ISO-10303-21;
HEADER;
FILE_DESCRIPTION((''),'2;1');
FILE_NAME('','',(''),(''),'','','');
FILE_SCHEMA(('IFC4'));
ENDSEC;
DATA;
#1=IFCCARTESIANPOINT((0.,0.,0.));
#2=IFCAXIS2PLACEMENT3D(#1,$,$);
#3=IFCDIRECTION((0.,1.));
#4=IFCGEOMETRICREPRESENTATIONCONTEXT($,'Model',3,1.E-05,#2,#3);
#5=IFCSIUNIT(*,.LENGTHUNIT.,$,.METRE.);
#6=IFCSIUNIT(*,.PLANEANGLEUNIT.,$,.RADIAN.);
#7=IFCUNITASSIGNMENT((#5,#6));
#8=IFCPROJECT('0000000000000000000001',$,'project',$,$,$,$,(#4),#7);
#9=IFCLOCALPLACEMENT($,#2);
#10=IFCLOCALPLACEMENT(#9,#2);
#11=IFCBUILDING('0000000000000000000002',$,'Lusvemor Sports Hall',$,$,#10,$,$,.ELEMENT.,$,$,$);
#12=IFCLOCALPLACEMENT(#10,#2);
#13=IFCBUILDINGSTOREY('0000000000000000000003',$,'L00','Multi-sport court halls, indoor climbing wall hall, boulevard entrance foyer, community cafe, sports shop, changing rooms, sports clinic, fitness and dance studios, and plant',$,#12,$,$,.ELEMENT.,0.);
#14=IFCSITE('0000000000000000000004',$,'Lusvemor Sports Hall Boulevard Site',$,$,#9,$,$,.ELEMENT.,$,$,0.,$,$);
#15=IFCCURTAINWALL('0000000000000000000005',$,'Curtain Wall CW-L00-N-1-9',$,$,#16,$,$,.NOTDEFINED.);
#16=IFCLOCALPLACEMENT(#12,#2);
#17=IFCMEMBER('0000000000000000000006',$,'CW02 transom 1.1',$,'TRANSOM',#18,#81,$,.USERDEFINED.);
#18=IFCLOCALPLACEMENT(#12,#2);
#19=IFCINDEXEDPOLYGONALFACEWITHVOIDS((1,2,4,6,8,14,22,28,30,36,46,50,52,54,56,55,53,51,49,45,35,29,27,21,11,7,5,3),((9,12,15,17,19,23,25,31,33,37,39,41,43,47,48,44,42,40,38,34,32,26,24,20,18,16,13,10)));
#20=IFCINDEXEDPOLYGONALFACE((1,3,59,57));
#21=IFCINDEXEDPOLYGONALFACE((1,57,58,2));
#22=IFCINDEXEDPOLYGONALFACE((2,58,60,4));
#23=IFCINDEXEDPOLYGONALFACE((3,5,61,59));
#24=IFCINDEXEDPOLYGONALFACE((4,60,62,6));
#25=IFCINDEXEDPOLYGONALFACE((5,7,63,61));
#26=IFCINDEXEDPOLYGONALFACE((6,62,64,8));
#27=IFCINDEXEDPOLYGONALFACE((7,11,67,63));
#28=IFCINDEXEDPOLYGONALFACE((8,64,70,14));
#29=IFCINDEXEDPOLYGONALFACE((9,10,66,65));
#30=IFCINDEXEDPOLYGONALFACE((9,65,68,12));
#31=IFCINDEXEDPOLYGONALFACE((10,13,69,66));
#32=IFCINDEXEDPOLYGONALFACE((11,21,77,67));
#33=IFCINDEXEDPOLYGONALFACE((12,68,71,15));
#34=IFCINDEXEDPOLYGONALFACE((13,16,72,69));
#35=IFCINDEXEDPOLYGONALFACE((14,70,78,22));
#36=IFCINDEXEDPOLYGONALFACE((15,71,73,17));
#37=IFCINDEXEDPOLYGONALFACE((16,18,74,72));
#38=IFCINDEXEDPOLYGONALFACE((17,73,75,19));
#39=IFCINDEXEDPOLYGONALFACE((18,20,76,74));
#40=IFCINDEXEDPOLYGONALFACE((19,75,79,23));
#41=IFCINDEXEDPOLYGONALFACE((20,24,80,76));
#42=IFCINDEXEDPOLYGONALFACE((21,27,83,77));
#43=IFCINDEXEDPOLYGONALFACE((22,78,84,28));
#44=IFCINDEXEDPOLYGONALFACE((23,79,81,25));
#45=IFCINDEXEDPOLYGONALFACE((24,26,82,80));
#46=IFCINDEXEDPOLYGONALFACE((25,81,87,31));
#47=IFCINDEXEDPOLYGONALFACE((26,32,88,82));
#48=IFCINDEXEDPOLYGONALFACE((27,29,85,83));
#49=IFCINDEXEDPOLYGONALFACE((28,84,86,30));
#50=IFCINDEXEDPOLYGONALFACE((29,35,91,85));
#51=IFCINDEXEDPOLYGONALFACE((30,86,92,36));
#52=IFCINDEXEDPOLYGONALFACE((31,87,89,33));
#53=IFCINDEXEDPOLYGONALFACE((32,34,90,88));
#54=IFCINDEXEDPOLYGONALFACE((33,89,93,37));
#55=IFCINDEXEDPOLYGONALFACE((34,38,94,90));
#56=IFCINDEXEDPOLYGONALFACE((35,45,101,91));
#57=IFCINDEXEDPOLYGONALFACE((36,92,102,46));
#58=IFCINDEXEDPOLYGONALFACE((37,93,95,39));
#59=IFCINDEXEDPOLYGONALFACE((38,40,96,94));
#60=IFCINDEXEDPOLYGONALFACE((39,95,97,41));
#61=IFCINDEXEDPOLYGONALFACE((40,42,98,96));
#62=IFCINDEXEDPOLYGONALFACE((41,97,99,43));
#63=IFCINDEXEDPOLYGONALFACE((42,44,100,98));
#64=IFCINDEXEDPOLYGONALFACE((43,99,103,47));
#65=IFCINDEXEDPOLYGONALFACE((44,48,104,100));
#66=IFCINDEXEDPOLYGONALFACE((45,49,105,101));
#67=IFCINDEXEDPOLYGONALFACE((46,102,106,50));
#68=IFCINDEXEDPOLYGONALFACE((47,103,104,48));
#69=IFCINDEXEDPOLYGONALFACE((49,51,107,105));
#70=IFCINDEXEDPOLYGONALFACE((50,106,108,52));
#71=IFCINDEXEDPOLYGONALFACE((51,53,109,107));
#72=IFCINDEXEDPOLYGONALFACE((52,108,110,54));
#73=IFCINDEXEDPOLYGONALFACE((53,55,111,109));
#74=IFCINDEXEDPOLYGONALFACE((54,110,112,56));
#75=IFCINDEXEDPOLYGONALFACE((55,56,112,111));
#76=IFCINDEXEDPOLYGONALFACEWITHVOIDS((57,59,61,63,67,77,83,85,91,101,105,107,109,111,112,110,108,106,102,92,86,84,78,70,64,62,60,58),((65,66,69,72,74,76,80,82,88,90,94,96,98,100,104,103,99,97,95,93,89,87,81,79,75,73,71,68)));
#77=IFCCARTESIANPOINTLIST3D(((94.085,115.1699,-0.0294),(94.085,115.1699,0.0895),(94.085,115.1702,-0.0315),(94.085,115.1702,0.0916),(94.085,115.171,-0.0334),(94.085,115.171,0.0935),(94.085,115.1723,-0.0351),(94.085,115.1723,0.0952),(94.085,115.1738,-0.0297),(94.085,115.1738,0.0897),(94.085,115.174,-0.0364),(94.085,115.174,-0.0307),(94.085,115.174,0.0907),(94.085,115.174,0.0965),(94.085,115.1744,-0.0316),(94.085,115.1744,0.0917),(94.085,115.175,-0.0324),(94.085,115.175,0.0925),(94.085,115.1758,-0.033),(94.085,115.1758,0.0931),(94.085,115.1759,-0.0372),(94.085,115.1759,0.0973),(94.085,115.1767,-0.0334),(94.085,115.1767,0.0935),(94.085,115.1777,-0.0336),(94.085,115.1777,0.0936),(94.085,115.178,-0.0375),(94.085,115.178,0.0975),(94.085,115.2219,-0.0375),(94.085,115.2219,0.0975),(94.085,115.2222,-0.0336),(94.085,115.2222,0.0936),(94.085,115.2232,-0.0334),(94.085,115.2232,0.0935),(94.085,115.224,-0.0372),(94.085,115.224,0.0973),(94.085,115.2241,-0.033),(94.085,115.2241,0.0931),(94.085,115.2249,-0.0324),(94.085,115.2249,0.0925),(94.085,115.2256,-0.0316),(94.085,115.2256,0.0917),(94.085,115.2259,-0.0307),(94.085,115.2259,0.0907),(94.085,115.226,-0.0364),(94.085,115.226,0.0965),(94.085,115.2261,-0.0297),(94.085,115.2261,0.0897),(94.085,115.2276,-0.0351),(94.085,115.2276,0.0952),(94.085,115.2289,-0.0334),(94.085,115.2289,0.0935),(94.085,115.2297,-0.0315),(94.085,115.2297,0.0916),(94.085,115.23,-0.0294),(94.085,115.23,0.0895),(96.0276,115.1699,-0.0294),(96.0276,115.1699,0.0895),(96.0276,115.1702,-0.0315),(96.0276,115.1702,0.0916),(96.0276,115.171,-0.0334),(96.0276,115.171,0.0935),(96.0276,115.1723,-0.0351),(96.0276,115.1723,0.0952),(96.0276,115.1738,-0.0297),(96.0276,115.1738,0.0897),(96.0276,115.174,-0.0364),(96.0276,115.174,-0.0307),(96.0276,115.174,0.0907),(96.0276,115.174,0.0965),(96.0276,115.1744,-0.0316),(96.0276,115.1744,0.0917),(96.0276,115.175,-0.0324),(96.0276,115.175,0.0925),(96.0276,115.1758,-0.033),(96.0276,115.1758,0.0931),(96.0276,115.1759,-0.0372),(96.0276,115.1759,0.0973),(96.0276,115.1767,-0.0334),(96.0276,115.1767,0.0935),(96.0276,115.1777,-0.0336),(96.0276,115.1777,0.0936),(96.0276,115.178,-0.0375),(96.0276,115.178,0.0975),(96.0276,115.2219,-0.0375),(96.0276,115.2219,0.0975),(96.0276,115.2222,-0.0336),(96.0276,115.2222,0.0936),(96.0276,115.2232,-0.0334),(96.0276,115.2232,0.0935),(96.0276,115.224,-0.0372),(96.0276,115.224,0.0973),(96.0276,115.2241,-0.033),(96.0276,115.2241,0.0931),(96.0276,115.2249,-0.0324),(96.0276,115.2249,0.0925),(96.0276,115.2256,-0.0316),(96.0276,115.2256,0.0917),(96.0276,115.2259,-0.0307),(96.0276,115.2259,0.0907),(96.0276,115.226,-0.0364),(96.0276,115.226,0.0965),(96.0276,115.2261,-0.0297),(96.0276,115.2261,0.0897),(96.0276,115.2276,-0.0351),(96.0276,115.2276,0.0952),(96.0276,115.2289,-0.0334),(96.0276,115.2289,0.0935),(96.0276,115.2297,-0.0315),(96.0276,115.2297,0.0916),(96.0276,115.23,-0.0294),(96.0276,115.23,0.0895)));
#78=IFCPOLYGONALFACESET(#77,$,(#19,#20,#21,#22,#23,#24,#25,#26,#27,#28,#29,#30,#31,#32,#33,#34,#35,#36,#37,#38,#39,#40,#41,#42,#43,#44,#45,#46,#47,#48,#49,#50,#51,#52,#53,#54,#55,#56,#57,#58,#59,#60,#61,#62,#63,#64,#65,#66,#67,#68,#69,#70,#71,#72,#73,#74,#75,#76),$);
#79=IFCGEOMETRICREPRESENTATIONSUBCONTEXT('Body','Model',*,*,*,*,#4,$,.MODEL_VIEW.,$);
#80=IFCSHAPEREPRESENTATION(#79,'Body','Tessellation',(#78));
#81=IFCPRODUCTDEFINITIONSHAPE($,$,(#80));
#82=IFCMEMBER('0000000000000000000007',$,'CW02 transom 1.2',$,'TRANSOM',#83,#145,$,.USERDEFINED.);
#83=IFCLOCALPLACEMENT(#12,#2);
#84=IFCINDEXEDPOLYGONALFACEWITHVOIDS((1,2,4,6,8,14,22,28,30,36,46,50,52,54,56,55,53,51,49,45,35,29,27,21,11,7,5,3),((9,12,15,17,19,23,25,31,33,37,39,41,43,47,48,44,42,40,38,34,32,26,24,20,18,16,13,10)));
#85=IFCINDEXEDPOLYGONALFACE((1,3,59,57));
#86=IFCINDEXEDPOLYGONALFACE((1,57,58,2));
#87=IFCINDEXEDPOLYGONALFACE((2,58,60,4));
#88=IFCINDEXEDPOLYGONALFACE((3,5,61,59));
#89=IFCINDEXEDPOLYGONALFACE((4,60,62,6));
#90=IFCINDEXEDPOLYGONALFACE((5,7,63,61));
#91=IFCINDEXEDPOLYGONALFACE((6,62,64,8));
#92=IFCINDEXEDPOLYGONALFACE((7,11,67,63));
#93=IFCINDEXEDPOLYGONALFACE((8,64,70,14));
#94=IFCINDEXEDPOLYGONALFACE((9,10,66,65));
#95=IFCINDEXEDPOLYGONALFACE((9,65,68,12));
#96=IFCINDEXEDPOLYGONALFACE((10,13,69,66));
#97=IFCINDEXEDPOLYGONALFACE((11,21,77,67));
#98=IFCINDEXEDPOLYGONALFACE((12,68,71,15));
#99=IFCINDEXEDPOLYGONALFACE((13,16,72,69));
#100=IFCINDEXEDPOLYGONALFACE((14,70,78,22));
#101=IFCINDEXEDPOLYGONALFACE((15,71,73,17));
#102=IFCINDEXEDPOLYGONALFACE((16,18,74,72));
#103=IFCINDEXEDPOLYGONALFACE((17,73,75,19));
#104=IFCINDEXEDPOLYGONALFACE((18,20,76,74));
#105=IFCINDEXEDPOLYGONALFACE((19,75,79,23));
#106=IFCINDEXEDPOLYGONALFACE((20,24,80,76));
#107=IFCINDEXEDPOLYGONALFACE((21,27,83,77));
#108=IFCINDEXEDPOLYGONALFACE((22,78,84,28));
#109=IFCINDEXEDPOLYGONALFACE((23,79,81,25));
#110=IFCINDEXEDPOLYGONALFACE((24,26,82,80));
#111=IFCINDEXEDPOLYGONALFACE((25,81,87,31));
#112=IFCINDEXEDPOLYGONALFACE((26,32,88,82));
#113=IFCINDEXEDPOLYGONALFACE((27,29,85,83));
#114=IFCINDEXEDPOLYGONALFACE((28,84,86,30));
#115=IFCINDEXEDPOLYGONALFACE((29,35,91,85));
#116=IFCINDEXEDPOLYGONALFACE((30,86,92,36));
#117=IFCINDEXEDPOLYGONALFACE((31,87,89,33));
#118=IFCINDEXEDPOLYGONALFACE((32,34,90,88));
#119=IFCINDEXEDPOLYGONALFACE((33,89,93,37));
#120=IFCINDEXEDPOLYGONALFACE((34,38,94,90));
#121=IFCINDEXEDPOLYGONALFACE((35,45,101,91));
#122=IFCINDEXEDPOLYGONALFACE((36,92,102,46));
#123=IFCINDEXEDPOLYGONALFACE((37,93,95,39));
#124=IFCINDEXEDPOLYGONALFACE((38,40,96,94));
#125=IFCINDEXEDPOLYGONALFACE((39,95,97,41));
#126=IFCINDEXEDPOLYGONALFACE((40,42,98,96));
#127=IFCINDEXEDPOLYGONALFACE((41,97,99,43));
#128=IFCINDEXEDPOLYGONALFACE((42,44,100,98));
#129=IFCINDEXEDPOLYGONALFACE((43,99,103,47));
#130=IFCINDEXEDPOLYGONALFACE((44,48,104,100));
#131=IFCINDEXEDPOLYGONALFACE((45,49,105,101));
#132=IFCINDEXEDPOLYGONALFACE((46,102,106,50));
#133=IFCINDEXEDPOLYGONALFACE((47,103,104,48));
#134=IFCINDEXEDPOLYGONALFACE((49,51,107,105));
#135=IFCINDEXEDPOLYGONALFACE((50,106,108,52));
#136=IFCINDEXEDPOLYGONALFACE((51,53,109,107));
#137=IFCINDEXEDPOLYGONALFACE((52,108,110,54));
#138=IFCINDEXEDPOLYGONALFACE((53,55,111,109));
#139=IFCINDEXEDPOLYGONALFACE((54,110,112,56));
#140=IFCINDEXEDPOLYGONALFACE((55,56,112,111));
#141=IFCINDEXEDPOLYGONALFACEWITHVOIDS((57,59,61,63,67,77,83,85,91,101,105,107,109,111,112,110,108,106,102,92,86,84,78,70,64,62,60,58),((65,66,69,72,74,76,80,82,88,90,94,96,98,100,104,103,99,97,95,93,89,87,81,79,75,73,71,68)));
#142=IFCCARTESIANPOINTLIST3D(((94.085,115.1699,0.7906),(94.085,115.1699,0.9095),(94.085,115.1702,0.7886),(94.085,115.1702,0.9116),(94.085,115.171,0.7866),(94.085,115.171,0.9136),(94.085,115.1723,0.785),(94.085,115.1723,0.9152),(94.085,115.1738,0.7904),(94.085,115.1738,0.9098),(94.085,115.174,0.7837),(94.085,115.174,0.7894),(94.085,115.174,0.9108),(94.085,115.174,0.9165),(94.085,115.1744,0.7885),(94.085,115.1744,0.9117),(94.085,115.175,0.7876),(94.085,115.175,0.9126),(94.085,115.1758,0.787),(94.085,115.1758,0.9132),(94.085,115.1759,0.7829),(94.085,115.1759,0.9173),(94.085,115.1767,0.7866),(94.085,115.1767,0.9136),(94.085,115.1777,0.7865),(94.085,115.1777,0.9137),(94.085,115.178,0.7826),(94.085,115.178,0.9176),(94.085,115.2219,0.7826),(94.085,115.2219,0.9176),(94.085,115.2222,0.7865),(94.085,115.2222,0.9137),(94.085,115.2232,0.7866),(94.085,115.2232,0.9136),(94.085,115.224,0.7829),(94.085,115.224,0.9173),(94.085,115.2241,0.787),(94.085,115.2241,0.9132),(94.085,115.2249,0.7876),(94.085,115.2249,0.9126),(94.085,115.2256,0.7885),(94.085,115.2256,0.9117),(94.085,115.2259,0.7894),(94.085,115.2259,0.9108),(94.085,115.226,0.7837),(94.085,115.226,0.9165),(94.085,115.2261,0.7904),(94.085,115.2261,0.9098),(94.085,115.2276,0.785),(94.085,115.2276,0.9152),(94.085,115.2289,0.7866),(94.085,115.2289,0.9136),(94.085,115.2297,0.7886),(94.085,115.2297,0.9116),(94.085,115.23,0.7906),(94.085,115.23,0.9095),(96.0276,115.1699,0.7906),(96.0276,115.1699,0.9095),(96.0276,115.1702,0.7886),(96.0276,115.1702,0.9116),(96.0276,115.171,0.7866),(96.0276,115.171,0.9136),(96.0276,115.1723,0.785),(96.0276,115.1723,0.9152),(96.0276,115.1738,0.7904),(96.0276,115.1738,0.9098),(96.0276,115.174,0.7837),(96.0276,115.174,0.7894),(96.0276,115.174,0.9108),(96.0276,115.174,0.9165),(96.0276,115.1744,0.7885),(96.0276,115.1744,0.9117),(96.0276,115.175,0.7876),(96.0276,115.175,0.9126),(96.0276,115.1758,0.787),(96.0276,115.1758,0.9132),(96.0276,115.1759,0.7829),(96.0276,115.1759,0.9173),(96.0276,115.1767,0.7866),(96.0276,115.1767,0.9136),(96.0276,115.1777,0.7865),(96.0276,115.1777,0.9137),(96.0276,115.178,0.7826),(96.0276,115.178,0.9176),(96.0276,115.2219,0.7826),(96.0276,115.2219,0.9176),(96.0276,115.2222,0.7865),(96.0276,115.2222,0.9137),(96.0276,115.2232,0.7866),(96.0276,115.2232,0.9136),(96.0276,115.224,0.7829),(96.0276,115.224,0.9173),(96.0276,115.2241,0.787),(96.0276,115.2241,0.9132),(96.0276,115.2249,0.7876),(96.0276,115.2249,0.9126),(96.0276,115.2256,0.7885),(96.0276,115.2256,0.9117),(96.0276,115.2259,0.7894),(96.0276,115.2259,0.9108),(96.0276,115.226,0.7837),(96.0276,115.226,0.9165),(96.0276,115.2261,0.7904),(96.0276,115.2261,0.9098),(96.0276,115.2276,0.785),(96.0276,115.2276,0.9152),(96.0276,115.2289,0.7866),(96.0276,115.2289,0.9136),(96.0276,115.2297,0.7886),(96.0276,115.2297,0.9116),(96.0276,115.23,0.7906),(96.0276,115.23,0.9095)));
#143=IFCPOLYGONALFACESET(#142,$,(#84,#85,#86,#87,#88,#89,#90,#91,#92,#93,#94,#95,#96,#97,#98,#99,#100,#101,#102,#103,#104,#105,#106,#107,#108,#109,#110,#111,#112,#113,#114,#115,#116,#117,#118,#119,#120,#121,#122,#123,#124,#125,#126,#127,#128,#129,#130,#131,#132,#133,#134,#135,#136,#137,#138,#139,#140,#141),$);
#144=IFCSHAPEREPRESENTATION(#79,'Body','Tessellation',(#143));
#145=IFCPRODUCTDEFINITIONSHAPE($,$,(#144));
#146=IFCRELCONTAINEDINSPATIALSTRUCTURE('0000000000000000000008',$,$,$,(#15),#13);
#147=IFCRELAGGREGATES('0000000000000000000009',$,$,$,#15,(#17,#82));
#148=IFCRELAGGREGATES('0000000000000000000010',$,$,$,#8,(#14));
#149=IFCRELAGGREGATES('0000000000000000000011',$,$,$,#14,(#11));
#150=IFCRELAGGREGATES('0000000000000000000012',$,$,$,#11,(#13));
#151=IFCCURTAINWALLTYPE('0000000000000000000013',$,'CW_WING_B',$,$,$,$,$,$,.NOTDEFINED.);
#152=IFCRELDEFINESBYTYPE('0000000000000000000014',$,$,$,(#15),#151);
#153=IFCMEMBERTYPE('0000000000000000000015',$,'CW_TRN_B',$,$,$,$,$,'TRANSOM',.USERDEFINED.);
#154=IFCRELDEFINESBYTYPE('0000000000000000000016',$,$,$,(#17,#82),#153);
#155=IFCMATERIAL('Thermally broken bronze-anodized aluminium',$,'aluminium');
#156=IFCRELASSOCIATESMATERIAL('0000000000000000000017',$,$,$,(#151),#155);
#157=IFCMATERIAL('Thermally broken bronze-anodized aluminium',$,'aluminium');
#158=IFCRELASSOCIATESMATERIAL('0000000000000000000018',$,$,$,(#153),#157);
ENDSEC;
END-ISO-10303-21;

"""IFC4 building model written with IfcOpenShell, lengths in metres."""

from ifc_helpers import new_model, si_unit, direction, frame, origin, origin_2d, place, context, subcontext, project, spatial, hollow_rectangle, extrude, material, material_profile, profile_set, type_object, element, aggregate, save


model = new_model("IFC4")

# Units and contexts
model_context = context("Model", 3, precision=1e-05, world=origin(), true_north=direction((0.0, 1.0)))
body_context = subcontext(model_context, "Body", "Model", "MODEL_VIEW")
ifc_project = project(units=[si_unit("LENGTHUNIT", "METRE"), si_unit("PLANEANGLEUNIT", "RADIAN")], contexts=[model_context])

# Site, building, storey
site_placement = place(None, origin())
site = spatial("IfcSite", under=ifc_project, at=site_placement, Name="Lusvemor Sports Hall Boulevard Site", CompositionType="ELEMENT", RefElevation=0.0)
building_placement = place(site_placement, origin())
building = spatial("IfcBuilding", under=site, at=building_placement, Name="Lusvemor Sports Hall", CompositionType="ELEMENT")
storey_placement = place(building_placement, origin())
storey = spatial("IfcBuildingStorey", under=building, at=storey_placement, Name="L00", Description="Multi-sport court halls, indoor climbing wall hall, boulevard entrance foyer, community cafe, sports shop, changing rooms, sports clinic, fitness and dance studios, and plant", CompositionType="ELEMENT", Elevation=0.0)

# Curtain wall, members
ifc_material_1 = material(Name="Thermally broken bronze-anodized aluminium", Category="aluminium")
curtain_wall_type = type_object("IfcCurtainWallType", Name="CW_WING_B", PredefinedType="NOTDEFINED", material=ifc_material_1)
curtain_wall_placement = place(storey_placement, origin())
curtain_wall = element("IfcCurtainWall", 1, at=curtain_wall_placement, inside=storey, type_object=curtain_wall_type, Name="Curtain Wall CW-L00-N-1-9", PredefinedType="NOTDEFINED")
ifc_material_2 = material(Name="Thermally broken bronze-anodized aluminium", Category="aluminium")
ifc_material_profile_1 = material_profile(ifc_material_2, hollow_rectangle(XDim=0.0601, YDim=0.135, WallThickness=0.0039, InnerFilletRadius=0.0039, OuterFilletRadius=0.0081, at=origin_2d()), Name="CWTRN135x60x4")
ifc_profile_set_1 = profile_set([ifc_material_profile_1], Name="Thermally broken bronze-anodized aluminium")
member_type_1 = type_object("IfcMemberType", Name="CW_TRN_B", ElementType="TRANSOM", PredefinedType="USERDEFINED", material=ifc_profile_set_1)
member_1_placement = place(storey_placement, frame((94.085, 115.2, 0.03), z_axis=(1.0, 0.0, 0.0), x_axis=(0.0, 1.0, 0.0)))
member_1 = element("IfcMember", 2, at=member_1_placement, type_object=member_type_1, Name="CW02 transom 1.1", ObjectType="TRANSOM", PredefinedType="USERDEFINED", context=body_context, shape_type="SweptSolid", body=[
    extrude(hollow_rectangle(XDim=0.0601, YDim=0.135, WallThickness=0.0039, InnerFilletRadius=0.0039, OuterFilletRadius=0.0081, at=origin_2d()), origin(), (0.0, 0.0, 1.0), 1.9426),
])
member_2_placement = place(storey_placement, frame((94.085, 115.2, 0.8501), z_axis=(1.0, 0.0, 0.0), x_axis=(0.0, 1.0, 0.0)))
member_2 = element("IfcMember", 3, at=member_2_placement, type_object=member_type_1, Name="CW02 transom 1.2", ObjectType="TRANSOM", PredefinedType="USERDEFINED", context=body_context, shape_type="SweptSolid", body=[
    extrude(hollow_rectangle(XDim=0.0601, YDim=0.135, WallThickness=0.0039, InnerFilletRadius=0.0039, OuterFilletRadius=0.0081, at=origin_2d()), origin(), (0.0, 0.0, 1.0), 1.9426),
])
aggregate(curtain_wall, [member_1, member_2])

save(model, "model.ifc")
